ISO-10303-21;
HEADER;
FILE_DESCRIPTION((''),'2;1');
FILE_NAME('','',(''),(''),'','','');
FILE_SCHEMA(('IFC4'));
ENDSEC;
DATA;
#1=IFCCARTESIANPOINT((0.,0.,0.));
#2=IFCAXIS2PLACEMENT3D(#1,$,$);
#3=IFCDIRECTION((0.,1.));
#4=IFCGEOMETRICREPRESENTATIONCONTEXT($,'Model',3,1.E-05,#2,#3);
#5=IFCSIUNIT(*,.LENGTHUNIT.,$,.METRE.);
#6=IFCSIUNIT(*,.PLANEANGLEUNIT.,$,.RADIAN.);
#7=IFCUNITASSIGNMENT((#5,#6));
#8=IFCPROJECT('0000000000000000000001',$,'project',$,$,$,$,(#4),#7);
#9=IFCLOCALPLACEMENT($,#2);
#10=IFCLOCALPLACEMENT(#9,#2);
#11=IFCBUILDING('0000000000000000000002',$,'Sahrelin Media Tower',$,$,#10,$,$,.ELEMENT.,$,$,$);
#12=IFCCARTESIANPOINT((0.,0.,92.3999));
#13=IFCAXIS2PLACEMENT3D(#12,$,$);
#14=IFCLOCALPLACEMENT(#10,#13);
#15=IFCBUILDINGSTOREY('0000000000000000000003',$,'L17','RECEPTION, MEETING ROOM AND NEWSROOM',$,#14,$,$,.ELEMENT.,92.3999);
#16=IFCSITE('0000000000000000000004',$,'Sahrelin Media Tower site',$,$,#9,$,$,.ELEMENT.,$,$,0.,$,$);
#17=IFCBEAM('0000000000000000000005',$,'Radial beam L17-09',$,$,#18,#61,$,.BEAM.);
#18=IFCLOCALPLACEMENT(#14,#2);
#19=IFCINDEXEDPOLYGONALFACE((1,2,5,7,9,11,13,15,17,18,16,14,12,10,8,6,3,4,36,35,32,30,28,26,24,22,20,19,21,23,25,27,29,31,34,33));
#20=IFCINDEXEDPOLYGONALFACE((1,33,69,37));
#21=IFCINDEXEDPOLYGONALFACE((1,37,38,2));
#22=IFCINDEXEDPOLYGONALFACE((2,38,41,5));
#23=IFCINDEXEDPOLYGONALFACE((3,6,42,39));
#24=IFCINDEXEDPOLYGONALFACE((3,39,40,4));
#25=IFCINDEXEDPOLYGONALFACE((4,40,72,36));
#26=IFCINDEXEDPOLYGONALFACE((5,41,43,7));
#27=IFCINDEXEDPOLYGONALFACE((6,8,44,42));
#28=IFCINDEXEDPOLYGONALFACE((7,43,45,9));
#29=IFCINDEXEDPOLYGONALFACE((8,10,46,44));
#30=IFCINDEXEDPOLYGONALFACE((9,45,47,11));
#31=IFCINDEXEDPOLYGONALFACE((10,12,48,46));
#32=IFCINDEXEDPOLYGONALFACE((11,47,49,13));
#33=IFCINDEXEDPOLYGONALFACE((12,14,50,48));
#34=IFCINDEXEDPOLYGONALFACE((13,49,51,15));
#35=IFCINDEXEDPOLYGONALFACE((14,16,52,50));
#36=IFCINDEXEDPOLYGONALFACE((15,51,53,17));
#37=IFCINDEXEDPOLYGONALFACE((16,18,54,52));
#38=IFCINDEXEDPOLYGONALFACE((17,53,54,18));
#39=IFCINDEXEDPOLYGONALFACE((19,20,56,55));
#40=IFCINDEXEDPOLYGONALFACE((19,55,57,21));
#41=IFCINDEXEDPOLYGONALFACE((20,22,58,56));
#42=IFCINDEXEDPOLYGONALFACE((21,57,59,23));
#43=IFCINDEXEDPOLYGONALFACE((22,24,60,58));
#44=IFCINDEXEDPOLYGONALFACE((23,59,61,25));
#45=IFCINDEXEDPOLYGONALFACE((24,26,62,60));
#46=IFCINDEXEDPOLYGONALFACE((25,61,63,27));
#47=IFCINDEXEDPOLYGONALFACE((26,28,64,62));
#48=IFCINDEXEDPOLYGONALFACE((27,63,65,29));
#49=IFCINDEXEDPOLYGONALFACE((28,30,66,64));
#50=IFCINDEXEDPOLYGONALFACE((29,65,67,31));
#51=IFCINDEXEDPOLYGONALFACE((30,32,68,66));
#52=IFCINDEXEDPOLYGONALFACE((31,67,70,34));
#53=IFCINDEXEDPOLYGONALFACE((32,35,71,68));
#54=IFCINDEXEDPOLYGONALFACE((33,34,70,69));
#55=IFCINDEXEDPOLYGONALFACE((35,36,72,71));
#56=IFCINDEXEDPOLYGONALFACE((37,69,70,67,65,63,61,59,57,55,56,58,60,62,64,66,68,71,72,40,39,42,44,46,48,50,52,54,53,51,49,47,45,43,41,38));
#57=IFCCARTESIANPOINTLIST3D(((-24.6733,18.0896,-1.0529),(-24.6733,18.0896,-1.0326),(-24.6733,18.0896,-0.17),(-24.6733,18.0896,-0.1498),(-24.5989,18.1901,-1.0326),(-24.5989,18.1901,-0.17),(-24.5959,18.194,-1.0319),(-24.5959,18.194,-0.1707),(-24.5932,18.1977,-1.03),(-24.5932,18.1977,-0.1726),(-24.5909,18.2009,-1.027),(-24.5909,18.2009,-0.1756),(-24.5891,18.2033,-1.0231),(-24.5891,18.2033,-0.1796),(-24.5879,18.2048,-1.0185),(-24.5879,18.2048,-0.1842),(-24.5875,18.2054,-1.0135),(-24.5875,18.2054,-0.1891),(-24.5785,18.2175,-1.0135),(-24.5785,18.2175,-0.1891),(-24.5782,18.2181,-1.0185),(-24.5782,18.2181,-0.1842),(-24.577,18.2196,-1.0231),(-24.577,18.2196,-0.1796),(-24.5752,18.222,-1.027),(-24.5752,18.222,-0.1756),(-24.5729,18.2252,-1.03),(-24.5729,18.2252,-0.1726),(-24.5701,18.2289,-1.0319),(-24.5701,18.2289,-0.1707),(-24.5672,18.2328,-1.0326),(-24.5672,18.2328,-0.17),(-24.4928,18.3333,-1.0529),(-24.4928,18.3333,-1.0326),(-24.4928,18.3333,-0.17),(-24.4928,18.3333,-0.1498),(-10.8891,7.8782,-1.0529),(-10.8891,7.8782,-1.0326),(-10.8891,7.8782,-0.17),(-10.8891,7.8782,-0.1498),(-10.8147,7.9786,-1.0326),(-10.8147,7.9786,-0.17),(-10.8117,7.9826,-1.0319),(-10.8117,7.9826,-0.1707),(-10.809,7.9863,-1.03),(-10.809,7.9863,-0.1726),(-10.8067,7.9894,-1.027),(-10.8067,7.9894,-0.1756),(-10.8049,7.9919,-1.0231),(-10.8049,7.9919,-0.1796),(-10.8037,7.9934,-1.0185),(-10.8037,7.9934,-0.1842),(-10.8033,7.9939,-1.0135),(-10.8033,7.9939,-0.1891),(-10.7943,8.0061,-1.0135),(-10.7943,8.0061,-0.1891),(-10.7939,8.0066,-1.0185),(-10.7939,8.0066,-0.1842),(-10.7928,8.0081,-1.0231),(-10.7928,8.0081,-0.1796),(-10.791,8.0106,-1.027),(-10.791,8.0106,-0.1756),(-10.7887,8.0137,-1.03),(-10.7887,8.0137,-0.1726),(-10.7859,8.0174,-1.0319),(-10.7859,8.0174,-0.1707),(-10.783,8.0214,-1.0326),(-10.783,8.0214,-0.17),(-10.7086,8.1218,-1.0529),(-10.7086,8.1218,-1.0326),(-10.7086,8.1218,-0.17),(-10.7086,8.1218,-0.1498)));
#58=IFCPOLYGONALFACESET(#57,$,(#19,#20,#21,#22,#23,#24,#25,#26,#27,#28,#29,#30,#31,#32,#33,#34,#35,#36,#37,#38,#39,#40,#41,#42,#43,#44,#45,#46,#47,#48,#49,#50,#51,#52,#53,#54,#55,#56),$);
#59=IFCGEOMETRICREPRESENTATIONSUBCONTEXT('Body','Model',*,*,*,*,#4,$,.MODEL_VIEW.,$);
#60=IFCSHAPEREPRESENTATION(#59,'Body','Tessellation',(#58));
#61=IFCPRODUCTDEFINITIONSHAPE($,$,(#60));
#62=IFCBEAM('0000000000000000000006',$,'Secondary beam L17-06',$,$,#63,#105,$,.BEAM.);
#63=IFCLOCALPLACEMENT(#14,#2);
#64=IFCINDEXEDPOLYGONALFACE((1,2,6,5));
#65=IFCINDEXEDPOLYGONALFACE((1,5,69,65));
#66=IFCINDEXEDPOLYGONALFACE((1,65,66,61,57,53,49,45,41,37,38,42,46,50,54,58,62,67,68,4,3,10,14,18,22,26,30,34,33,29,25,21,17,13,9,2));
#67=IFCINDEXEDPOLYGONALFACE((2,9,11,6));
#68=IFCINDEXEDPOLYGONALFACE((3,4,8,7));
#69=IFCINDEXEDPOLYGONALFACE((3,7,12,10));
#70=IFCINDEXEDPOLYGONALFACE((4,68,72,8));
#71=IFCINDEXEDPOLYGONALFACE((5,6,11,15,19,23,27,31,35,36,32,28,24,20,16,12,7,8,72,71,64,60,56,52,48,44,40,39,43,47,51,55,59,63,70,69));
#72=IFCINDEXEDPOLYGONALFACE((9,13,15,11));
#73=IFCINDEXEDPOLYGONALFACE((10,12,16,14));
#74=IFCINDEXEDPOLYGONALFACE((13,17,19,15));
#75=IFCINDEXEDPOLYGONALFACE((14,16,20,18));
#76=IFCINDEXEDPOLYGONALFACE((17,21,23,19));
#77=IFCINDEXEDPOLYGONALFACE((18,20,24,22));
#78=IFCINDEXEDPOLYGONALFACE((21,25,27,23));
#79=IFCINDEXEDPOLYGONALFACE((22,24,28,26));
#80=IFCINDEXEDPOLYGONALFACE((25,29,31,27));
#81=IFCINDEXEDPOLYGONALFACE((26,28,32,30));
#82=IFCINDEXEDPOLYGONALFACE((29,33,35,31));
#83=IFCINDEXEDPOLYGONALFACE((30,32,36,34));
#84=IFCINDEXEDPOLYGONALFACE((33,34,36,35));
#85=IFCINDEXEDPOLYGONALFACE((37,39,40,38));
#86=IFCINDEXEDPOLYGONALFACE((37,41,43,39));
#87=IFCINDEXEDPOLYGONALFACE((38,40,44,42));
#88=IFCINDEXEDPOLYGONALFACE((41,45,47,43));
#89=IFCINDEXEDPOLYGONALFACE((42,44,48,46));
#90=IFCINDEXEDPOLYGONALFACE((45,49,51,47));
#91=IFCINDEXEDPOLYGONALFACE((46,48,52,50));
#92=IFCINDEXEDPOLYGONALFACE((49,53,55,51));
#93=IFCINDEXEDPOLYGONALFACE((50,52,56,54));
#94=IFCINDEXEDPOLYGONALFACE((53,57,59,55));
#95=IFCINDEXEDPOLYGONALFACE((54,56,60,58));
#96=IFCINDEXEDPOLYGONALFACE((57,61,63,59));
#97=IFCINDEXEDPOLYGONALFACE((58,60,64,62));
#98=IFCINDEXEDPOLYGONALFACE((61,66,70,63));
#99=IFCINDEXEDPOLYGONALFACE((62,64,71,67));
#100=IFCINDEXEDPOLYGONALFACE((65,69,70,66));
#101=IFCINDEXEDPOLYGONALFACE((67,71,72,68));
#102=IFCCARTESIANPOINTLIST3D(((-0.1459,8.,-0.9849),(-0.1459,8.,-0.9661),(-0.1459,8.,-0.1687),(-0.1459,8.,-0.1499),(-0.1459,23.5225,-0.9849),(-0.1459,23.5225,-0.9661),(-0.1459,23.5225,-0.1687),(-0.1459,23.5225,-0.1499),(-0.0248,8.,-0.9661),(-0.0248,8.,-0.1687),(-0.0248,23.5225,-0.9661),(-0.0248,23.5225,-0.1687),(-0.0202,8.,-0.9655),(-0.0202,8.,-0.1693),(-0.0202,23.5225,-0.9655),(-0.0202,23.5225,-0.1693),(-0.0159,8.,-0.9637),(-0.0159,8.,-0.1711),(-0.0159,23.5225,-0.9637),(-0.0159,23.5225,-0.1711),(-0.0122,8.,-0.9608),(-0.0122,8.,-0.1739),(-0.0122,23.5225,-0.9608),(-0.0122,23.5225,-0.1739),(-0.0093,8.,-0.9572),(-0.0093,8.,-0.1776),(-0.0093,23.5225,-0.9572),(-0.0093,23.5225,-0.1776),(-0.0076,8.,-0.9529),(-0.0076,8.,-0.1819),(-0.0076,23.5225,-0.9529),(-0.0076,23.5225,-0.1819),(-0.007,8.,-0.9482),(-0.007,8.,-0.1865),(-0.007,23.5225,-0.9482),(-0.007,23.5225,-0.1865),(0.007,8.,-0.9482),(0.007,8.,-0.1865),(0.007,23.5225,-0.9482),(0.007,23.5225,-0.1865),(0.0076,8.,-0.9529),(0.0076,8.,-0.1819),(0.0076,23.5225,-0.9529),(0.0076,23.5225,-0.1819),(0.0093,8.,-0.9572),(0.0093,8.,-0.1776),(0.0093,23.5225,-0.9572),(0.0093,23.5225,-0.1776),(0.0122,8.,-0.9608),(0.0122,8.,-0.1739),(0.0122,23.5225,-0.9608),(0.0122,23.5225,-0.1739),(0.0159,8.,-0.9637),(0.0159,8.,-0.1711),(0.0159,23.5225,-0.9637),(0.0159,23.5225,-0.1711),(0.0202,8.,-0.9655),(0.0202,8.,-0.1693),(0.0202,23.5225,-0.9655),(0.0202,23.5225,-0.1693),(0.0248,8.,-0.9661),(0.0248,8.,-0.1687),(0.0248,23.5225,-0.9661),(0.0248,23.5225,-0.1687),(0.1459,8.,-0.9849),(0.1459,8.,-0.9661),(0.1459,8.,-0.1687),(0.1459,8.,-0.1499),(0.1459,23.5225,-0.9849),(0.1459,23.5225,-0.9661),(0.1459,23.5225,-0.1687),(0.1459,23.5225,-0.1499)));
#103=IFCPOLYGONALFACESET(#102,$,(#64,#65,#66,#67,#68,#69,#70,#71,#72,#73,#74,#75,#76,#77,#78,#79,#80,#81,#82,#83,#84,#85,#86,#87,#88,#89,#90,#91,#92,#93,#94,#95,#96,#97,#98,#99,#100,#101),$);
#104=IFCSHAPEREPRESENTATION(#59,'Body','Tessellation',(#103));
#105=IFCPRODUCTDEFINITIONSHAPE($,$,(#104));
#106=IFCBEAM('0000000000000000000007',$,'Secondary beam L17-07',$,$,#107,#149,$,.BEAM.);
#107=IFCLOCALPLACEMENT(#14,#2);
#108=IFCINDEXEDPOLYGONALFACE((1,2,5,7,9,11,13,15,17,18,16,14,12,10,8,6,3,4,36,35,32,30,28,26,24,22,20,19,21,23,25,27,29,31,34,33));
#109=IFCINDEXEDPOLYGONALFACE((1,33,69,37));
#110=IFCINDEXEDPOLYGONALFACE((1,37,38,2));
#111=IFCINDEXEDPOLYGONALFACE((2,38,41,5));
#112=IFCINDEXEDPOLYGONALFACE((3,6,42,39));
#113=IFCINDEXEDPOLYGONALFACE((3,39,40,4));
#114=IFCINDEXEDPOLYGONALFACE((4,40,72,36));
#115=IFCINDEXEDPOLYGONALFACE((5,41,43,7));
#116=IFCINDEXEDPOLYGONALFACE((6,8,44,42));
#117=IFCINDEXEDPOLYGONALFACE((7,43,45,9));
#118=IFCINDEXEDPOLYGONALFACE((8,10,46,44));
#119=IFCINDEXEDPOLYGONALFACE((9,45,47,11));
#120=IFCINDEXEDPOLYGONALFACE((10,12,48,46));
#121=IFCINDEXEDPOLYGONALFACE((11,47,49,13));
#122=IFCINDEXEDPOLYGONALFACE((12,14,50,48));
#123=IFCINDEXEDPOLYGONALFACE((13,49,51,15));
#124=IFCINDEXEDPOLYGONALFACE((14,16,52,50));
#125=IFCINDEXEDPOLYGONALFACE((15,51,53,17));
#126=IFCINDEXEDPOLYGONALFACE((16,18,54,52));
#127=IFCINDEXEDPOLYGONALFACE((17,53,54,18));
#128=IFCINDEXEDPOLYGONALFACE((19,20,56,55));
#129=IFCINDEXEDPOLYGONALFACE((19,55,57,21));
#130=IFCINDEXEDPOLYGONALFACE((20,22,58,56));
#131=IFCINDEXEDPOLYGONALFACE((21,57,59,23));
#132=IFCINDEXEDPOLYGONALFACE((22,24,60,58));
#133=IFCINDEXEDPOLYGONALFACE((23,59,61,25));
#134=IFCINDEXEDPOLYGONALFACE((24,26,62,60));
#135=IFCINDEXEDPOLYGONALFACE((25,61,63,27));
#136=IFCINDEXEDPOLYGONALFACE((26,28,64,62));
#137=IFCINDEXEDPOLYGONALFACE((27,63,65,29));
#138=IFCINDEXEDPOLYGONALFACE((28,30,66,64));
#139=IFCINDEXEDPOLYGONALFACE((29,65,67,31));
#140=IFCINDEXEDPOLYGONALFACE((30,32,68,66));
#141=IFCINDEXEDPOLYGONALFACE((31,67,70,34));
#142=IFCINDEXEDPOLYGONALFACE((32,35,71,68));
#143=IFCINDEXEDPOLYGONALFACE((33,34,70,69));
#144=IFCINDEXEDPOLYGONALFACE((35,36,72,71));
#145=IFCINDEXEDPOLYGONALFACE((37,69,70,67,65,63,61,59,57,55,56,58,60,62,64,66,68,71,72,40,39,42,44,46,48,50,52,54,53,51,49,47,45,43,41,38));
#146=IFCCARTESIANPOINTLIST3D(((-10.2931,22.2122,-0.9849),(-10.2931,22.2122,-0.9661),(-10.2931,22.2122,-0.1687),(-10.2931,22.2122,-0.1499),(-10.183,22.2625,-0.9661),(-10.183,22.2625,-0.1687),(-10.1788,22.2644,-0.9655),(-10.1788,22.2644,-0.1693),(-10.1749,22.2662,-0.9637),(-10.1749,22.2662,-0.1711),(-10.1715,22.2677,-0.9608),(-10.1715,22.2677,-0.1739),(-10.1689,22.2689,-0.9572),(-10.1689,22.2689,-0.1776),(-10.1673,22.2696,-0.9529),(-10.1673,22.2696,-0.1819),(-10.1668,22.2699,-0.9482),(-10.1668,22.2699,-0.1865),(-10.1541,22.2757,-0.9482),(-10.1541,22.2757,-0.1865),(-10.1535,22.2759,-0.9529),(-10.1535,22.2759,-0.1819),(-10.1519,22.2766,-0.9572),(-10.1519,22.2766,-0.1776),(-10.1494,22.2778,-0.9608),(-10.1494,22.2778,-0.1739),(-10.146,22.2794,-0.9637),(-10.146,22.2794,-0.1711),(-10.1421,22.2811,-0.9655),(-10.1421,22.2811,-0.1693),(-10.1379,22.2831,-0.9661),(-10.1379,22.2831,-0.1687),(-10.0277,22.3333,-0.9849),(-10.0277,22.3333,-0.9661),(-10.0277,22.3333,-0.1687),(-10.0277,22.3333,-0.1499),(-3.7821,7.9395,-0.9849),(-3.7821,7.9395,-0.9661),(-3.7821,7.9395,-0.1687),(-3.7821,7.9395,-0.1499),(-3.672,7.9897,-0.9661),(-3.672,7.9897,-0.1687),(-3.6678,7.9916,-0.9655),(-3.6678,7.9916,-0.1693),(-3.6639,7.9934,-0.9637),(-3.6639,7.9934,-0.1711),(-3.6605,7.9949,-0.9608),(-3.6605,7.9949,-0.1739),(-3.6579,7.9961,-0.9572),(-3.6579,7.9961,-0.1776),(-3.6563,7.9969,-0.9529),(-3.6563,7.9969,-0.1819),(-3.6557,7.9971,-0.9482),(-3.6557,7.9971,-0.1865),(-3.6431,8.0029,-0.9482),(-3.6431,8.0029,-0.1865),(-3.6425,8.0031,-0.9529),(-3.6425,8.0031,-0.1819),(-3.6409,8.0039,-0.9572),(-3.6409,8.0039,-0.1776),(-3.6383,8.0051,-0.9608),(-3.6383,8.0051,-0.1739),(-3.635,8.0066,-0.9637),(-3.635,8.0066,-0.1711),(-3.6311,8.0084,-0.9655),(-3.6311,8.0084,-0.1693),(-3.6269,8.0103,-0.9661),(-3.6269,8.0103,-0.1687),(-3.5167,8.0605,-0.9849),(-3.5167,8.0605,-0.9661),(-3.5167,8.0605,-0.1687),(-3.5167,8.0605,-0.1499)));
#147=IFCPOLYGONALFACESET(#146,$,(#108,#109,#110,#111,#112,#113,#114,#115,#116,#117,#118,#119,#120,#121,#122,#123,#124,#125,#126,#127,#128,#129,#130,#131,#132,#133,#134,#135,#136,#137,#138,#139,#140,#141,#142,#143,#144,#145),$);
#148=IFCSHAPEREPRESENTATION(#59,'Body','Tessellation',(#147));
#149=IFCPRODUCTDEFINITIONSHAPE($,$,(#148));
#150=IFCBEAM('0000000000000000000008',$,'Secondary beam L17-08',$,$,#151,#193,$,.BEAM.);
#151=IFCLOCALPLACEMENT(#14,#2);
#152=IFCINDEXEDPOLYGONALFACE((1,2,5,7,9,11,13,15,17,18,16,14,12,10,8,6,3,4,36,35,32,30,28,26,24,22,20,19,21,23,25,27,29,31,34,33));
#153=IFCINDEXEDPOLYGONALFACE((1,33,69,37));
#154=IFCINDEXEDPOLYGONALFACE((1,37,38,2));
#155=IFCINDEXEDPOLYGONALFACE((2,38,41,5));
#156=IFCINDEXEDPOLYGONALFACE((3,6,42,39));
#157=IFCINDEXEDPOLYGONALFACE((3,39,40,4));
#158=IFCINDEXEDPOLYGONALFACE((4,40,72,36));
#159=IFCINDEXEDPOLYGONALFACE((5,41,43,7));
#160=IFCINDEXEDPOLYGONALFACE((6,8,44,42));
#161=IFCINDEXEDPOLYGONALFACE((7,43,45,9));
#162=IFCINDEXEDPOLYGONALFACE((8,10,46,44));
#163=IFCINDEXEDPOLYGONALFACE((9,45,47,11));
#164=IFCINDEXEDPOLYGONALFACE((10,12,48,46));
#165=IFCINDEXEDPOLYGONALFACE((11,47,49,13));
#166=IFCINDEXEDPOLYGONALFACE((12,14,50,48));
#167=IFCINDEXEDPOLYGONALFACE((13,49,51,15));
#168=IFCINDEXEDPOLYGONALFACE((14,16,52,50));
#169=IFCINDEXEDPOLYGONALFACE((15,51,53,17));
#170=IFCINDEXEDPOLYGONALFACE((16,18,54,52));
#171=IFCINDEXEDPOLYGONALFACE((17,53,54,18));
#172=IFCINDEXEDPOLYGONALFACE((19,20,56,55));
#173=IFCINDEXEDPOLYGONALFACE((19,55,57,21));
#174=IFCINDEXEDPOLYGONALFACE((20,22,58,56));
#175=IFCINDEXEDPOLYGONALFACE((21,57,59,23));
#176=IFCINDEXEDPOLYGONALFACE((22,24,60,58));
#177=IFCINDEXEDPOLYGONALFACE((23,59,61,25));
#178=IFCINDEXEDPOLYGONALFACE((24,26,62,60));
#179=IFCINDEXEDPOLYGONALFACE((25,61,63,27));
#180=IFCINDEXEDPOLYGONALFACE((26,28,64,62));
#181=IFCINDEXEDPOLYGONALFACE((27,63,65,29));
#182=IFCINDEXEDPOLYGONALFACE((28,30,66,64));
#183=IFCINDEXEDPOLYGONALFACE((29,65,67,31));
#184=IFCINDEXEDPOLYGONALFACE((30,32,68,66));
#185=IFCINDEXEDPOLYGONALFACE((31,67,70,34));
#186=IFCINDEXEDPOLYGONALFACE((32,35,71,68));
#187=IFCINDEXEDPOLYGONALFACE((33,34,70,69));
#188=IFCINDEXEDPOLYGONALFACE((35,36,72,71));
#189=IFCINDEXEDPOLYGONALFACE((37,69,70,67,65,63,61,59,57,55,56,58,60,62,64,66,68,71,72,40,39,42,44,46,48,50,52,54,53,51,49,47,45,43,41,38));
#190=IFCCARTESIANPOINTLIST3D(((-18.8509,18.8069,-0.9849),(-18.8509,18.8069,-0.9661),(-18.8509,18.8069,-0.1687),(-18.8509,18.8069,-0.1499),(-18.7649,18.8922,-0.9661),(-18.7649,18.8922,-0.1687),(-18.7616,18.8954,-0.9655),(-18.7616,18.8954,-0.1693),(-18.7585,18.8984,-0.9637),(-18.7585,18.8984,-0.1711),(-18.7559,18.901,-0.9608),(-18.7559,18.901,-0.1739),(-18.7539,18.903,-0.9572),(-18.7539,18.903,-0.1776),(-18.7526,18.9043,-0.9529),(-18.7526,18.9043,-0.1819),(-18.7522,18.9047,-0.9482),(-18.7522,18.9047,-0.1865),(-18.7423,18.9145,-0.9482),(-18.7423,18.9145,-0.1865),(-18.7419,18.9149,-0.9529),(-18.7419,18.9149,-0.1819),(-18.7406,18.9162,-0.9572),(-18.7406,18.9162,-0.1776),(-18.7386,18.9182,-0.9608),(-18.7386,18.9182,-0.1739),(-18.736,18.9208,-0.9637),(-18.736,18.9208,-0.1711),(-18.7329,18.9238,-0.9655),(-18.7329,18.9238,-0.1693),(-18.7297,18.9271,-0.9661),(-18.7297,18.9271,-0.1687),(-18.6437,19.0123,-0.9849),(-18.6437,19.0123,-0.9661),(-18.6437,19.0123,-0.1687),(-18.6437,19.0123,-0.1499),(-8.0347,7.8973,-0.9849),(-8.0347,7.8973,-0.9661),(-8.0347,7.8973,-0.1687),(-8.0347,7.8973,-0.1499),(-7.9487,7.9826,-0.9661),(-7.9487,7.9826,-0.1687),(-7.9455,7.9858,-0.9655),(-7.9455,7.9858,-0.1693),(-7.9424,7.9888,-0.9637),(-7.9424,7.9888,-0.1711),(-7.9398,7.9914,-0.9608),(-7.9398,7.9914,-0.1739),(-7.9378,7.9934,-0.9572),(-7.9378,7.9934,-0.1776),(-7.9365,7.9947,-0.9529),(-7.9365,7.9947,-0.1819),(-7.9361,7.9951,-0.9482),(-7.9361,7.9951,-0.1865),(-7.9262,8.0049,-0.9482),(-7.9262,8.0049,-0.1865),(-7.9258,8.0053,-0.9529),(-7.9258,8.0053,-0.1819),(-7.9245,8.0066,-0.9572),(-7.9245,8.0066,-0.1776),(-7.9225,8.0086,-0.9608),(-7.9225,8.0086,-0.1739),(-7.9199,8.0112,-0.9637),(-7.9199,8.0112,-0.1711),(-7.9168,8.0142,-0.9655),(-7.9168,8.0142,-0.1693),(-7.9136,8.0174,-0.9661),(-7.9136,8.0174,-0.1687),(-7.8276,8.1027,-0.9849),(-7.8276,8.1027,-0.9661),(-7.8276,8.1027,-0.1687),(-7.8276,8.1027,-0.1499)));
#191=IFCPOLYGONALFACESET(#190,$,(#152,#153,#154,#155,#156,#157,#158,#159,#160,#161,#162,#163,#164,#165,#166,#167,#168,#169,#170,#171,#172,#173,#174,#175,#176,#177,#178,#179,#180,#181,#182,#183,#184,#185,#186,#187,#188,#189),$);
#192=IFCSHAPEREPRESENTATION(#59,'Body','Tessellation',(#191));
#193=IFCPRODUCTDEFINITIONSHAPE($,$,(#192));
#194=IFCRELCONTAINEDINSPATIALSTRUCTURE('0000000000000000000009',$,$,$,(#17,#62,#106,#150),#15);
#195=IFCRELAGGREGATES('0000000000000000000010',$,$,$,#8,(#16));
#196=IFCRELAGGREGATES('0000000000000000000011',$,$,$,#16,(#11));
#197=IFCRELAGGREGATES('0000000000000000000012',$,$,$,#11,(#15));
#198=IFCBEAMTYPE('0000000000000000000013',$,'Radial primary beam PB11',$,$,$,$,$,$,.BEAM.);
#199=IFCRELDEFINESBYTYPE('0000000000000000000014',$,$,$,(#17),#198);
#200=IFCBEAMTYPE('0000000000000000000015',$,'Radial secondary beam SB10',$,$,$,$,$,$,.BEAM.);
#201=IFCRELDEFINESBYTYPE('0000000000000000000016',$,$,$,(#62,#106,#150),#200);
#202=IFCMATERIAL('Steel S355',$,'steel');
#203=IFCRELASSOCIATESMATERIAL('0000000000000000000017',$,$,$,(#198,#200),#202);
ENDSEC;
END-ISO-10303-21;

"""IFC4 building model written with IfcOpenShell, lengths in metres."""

from ifc_helpers import new_model, si_unit, direction, frame, origin, origin_2d, place, context, subcontext, project, spatial, i_section, extrude, material, material_profile, profile_set, type_object, element, save


model = new_model("IFC4")

# Units and contexts
model_context = context("Model", 3, precision=1e-05, world=origin(), true_north=direction((0.0, 1.0)))
body_context = subcontext(model_context, "Body", "Model", "MODEL_VIEW")
ifc_project = project(units=[si_unit("LENGTHUNIT", "METRE"), si_unit("PLANEANGLEUNIT", "RADIAN")], contexts=[model_context])

# Site, building, storey
site_placement = place(None, origin())
site = spatial("IfcSite", under=ifc_project, at=site_placement, Name="Sahrelin Media Tower site", CompositionType="ELEMENT", RefElevation=0.0)
building_placement = place(site_placement, origin())
building = spatial("IfcBuilding", under=site, at=building_placement, Name="Sahrelin Media Tower", CompositionType="ELEMENT")
storey_placement = place(building_placement, frame((0.0, 0.0, 92.3999)))
storey = spatial("IfcBuildingStorey", under=building, at=storey_placement, Name="L17", Description="RECEPTION, MEETING ROOM AND NEWSROOM", CompositionType="ELEMENT", Elevation=92.3999)

# Shared definitions
ifc_material_1 = material(Name="Steel S355", Category="steel")

# Beams
ifc_material_profile_1 = material_profile(ifc_material_1, i_section(OverallWidth=0.3032, OverallDepth=0.9031, WebThickness=0.0151, FlangeThickness=0.0203, FilletRadius=0.019, at=origin_2d()), Name="UB 914x305x201")
ifc_profile_set_1 = profile_set([ifc_material_profile_1], Name="Steel S355")
beam_type_1 = type_object("IfcBeamType", Name="Radial primary beam PB11", PredefinedType="BEAM", material=ifc_profile_set_1)
beam_1_placement = place(storey_placement, frame((-10.7988, 8.0, -0.6013), z_axis=(-0.803531, 0.595262, 0.0), x_axis=(-0.595262, -0.803531, 0.0)))
element("IfcBeam", 1, at=beam_1_placement, inside=storey, type_object=beam_type_1, Name="Radial beam L17-09", PredefinedType="BEAM", context=body_context, shape_type="SweptSolid", body=[
    extrude(i_section(OverallWidth=0.3032, OverallDepth=0.9031, WebThickness=0.0151, FlangeThickness=0.0203, FilletRadius=0.019, at=origin_2d()), origin(), (0.0, 0.0, 1.0), 17.1545),
])
ifc_material_profile_2 = material_profile(ifc_material_1, i_section(OverallWidth=0.2917, OverallDepth=0.835, WebThickness=0.0139, FlangeThickness=0.0188, FilletRadius=0.0178, at=origin_2d()), Name="UB 838x292x176")
ifc_profile_set_2 = profile_set([ifc_material_profile_2], Name="Steel S355")
beam_type_2 = type_object("IfcBeamType", Name="Radial secondary beam SB10", PredefinedType="BEAM", material=ifc_profile_set_2)
beam_2_placement = place(storey_placement, frame((0.0, 8.0, -0.5674), z_axis=(0.0, 1.0, 0.0), x_axis=(-1.0, 0.0, 0.0)))
element("IfcBeam", 2, at=beam_2_placement, inside=storey, type_object=beam_type_2, Name="Secondary beam L17-06", PredefinedType="BEAM", context=body_context, shape_type="SweptSolid", body=[
    extrude(i_section(OverallWidth=0.2917, OverallDepth=0.835, WebThickness=0.0139, FlangeThickness=0.0188, FilletRadius=0.0178, at=origin_2d()), origin(), (0.0, 0.0, 1.0), 15.5225),
])
beam_3_placement = place(storey_placement, frame((-3.6494, 8.0, -0.5674), z_axis=(-0.415038, 0.909804, 0.0), x_axis=(-0.909804, -0.415038, 0.0)))
element("IfcBeam", 3, at=beam_3_placement, inside=storey, type_object=beam_type_2, Name="Secondary beam L17-07", PredefinedType="BEAM", context=body_context, shape_type="SweptSolid", body=[
    extrude(i_section(OverallWidth=0.2917, OverallDepth=0.835, WebThickness=0.0139, FlangeThickness=0.0188, FilletRadius=0.0178, at=origin_2d()), origin(), (0.0, 0.0, 1.0), 15.6877),
])
beam_4_placement = place(storey_placement, frame((-7.9312, 8.0, -0.5674), z_axis=(-0.704057, 0.710144, 0.0), x_axis=(-0.710144, -0.704057, 0.0)))
element("IfcBeam", 4, at=beam_4_placement, inside=storey, type_object=beam_type_2, Name="Secondary beam L17-08", PredefinedType="BEAM", context=body_context, shape_type="SweptSolid", body=[
    extrude(i_section(OverallWidth=0.2917, OverallDepth=0.835, WebThickness=0.0139, FlangeThickness=0.0188, FilletRadius=0.0178, at=origin_2d()), origin(), (0.0, 0.0, 1.0), 15.3625),
])

save(model, "model.ifc")
